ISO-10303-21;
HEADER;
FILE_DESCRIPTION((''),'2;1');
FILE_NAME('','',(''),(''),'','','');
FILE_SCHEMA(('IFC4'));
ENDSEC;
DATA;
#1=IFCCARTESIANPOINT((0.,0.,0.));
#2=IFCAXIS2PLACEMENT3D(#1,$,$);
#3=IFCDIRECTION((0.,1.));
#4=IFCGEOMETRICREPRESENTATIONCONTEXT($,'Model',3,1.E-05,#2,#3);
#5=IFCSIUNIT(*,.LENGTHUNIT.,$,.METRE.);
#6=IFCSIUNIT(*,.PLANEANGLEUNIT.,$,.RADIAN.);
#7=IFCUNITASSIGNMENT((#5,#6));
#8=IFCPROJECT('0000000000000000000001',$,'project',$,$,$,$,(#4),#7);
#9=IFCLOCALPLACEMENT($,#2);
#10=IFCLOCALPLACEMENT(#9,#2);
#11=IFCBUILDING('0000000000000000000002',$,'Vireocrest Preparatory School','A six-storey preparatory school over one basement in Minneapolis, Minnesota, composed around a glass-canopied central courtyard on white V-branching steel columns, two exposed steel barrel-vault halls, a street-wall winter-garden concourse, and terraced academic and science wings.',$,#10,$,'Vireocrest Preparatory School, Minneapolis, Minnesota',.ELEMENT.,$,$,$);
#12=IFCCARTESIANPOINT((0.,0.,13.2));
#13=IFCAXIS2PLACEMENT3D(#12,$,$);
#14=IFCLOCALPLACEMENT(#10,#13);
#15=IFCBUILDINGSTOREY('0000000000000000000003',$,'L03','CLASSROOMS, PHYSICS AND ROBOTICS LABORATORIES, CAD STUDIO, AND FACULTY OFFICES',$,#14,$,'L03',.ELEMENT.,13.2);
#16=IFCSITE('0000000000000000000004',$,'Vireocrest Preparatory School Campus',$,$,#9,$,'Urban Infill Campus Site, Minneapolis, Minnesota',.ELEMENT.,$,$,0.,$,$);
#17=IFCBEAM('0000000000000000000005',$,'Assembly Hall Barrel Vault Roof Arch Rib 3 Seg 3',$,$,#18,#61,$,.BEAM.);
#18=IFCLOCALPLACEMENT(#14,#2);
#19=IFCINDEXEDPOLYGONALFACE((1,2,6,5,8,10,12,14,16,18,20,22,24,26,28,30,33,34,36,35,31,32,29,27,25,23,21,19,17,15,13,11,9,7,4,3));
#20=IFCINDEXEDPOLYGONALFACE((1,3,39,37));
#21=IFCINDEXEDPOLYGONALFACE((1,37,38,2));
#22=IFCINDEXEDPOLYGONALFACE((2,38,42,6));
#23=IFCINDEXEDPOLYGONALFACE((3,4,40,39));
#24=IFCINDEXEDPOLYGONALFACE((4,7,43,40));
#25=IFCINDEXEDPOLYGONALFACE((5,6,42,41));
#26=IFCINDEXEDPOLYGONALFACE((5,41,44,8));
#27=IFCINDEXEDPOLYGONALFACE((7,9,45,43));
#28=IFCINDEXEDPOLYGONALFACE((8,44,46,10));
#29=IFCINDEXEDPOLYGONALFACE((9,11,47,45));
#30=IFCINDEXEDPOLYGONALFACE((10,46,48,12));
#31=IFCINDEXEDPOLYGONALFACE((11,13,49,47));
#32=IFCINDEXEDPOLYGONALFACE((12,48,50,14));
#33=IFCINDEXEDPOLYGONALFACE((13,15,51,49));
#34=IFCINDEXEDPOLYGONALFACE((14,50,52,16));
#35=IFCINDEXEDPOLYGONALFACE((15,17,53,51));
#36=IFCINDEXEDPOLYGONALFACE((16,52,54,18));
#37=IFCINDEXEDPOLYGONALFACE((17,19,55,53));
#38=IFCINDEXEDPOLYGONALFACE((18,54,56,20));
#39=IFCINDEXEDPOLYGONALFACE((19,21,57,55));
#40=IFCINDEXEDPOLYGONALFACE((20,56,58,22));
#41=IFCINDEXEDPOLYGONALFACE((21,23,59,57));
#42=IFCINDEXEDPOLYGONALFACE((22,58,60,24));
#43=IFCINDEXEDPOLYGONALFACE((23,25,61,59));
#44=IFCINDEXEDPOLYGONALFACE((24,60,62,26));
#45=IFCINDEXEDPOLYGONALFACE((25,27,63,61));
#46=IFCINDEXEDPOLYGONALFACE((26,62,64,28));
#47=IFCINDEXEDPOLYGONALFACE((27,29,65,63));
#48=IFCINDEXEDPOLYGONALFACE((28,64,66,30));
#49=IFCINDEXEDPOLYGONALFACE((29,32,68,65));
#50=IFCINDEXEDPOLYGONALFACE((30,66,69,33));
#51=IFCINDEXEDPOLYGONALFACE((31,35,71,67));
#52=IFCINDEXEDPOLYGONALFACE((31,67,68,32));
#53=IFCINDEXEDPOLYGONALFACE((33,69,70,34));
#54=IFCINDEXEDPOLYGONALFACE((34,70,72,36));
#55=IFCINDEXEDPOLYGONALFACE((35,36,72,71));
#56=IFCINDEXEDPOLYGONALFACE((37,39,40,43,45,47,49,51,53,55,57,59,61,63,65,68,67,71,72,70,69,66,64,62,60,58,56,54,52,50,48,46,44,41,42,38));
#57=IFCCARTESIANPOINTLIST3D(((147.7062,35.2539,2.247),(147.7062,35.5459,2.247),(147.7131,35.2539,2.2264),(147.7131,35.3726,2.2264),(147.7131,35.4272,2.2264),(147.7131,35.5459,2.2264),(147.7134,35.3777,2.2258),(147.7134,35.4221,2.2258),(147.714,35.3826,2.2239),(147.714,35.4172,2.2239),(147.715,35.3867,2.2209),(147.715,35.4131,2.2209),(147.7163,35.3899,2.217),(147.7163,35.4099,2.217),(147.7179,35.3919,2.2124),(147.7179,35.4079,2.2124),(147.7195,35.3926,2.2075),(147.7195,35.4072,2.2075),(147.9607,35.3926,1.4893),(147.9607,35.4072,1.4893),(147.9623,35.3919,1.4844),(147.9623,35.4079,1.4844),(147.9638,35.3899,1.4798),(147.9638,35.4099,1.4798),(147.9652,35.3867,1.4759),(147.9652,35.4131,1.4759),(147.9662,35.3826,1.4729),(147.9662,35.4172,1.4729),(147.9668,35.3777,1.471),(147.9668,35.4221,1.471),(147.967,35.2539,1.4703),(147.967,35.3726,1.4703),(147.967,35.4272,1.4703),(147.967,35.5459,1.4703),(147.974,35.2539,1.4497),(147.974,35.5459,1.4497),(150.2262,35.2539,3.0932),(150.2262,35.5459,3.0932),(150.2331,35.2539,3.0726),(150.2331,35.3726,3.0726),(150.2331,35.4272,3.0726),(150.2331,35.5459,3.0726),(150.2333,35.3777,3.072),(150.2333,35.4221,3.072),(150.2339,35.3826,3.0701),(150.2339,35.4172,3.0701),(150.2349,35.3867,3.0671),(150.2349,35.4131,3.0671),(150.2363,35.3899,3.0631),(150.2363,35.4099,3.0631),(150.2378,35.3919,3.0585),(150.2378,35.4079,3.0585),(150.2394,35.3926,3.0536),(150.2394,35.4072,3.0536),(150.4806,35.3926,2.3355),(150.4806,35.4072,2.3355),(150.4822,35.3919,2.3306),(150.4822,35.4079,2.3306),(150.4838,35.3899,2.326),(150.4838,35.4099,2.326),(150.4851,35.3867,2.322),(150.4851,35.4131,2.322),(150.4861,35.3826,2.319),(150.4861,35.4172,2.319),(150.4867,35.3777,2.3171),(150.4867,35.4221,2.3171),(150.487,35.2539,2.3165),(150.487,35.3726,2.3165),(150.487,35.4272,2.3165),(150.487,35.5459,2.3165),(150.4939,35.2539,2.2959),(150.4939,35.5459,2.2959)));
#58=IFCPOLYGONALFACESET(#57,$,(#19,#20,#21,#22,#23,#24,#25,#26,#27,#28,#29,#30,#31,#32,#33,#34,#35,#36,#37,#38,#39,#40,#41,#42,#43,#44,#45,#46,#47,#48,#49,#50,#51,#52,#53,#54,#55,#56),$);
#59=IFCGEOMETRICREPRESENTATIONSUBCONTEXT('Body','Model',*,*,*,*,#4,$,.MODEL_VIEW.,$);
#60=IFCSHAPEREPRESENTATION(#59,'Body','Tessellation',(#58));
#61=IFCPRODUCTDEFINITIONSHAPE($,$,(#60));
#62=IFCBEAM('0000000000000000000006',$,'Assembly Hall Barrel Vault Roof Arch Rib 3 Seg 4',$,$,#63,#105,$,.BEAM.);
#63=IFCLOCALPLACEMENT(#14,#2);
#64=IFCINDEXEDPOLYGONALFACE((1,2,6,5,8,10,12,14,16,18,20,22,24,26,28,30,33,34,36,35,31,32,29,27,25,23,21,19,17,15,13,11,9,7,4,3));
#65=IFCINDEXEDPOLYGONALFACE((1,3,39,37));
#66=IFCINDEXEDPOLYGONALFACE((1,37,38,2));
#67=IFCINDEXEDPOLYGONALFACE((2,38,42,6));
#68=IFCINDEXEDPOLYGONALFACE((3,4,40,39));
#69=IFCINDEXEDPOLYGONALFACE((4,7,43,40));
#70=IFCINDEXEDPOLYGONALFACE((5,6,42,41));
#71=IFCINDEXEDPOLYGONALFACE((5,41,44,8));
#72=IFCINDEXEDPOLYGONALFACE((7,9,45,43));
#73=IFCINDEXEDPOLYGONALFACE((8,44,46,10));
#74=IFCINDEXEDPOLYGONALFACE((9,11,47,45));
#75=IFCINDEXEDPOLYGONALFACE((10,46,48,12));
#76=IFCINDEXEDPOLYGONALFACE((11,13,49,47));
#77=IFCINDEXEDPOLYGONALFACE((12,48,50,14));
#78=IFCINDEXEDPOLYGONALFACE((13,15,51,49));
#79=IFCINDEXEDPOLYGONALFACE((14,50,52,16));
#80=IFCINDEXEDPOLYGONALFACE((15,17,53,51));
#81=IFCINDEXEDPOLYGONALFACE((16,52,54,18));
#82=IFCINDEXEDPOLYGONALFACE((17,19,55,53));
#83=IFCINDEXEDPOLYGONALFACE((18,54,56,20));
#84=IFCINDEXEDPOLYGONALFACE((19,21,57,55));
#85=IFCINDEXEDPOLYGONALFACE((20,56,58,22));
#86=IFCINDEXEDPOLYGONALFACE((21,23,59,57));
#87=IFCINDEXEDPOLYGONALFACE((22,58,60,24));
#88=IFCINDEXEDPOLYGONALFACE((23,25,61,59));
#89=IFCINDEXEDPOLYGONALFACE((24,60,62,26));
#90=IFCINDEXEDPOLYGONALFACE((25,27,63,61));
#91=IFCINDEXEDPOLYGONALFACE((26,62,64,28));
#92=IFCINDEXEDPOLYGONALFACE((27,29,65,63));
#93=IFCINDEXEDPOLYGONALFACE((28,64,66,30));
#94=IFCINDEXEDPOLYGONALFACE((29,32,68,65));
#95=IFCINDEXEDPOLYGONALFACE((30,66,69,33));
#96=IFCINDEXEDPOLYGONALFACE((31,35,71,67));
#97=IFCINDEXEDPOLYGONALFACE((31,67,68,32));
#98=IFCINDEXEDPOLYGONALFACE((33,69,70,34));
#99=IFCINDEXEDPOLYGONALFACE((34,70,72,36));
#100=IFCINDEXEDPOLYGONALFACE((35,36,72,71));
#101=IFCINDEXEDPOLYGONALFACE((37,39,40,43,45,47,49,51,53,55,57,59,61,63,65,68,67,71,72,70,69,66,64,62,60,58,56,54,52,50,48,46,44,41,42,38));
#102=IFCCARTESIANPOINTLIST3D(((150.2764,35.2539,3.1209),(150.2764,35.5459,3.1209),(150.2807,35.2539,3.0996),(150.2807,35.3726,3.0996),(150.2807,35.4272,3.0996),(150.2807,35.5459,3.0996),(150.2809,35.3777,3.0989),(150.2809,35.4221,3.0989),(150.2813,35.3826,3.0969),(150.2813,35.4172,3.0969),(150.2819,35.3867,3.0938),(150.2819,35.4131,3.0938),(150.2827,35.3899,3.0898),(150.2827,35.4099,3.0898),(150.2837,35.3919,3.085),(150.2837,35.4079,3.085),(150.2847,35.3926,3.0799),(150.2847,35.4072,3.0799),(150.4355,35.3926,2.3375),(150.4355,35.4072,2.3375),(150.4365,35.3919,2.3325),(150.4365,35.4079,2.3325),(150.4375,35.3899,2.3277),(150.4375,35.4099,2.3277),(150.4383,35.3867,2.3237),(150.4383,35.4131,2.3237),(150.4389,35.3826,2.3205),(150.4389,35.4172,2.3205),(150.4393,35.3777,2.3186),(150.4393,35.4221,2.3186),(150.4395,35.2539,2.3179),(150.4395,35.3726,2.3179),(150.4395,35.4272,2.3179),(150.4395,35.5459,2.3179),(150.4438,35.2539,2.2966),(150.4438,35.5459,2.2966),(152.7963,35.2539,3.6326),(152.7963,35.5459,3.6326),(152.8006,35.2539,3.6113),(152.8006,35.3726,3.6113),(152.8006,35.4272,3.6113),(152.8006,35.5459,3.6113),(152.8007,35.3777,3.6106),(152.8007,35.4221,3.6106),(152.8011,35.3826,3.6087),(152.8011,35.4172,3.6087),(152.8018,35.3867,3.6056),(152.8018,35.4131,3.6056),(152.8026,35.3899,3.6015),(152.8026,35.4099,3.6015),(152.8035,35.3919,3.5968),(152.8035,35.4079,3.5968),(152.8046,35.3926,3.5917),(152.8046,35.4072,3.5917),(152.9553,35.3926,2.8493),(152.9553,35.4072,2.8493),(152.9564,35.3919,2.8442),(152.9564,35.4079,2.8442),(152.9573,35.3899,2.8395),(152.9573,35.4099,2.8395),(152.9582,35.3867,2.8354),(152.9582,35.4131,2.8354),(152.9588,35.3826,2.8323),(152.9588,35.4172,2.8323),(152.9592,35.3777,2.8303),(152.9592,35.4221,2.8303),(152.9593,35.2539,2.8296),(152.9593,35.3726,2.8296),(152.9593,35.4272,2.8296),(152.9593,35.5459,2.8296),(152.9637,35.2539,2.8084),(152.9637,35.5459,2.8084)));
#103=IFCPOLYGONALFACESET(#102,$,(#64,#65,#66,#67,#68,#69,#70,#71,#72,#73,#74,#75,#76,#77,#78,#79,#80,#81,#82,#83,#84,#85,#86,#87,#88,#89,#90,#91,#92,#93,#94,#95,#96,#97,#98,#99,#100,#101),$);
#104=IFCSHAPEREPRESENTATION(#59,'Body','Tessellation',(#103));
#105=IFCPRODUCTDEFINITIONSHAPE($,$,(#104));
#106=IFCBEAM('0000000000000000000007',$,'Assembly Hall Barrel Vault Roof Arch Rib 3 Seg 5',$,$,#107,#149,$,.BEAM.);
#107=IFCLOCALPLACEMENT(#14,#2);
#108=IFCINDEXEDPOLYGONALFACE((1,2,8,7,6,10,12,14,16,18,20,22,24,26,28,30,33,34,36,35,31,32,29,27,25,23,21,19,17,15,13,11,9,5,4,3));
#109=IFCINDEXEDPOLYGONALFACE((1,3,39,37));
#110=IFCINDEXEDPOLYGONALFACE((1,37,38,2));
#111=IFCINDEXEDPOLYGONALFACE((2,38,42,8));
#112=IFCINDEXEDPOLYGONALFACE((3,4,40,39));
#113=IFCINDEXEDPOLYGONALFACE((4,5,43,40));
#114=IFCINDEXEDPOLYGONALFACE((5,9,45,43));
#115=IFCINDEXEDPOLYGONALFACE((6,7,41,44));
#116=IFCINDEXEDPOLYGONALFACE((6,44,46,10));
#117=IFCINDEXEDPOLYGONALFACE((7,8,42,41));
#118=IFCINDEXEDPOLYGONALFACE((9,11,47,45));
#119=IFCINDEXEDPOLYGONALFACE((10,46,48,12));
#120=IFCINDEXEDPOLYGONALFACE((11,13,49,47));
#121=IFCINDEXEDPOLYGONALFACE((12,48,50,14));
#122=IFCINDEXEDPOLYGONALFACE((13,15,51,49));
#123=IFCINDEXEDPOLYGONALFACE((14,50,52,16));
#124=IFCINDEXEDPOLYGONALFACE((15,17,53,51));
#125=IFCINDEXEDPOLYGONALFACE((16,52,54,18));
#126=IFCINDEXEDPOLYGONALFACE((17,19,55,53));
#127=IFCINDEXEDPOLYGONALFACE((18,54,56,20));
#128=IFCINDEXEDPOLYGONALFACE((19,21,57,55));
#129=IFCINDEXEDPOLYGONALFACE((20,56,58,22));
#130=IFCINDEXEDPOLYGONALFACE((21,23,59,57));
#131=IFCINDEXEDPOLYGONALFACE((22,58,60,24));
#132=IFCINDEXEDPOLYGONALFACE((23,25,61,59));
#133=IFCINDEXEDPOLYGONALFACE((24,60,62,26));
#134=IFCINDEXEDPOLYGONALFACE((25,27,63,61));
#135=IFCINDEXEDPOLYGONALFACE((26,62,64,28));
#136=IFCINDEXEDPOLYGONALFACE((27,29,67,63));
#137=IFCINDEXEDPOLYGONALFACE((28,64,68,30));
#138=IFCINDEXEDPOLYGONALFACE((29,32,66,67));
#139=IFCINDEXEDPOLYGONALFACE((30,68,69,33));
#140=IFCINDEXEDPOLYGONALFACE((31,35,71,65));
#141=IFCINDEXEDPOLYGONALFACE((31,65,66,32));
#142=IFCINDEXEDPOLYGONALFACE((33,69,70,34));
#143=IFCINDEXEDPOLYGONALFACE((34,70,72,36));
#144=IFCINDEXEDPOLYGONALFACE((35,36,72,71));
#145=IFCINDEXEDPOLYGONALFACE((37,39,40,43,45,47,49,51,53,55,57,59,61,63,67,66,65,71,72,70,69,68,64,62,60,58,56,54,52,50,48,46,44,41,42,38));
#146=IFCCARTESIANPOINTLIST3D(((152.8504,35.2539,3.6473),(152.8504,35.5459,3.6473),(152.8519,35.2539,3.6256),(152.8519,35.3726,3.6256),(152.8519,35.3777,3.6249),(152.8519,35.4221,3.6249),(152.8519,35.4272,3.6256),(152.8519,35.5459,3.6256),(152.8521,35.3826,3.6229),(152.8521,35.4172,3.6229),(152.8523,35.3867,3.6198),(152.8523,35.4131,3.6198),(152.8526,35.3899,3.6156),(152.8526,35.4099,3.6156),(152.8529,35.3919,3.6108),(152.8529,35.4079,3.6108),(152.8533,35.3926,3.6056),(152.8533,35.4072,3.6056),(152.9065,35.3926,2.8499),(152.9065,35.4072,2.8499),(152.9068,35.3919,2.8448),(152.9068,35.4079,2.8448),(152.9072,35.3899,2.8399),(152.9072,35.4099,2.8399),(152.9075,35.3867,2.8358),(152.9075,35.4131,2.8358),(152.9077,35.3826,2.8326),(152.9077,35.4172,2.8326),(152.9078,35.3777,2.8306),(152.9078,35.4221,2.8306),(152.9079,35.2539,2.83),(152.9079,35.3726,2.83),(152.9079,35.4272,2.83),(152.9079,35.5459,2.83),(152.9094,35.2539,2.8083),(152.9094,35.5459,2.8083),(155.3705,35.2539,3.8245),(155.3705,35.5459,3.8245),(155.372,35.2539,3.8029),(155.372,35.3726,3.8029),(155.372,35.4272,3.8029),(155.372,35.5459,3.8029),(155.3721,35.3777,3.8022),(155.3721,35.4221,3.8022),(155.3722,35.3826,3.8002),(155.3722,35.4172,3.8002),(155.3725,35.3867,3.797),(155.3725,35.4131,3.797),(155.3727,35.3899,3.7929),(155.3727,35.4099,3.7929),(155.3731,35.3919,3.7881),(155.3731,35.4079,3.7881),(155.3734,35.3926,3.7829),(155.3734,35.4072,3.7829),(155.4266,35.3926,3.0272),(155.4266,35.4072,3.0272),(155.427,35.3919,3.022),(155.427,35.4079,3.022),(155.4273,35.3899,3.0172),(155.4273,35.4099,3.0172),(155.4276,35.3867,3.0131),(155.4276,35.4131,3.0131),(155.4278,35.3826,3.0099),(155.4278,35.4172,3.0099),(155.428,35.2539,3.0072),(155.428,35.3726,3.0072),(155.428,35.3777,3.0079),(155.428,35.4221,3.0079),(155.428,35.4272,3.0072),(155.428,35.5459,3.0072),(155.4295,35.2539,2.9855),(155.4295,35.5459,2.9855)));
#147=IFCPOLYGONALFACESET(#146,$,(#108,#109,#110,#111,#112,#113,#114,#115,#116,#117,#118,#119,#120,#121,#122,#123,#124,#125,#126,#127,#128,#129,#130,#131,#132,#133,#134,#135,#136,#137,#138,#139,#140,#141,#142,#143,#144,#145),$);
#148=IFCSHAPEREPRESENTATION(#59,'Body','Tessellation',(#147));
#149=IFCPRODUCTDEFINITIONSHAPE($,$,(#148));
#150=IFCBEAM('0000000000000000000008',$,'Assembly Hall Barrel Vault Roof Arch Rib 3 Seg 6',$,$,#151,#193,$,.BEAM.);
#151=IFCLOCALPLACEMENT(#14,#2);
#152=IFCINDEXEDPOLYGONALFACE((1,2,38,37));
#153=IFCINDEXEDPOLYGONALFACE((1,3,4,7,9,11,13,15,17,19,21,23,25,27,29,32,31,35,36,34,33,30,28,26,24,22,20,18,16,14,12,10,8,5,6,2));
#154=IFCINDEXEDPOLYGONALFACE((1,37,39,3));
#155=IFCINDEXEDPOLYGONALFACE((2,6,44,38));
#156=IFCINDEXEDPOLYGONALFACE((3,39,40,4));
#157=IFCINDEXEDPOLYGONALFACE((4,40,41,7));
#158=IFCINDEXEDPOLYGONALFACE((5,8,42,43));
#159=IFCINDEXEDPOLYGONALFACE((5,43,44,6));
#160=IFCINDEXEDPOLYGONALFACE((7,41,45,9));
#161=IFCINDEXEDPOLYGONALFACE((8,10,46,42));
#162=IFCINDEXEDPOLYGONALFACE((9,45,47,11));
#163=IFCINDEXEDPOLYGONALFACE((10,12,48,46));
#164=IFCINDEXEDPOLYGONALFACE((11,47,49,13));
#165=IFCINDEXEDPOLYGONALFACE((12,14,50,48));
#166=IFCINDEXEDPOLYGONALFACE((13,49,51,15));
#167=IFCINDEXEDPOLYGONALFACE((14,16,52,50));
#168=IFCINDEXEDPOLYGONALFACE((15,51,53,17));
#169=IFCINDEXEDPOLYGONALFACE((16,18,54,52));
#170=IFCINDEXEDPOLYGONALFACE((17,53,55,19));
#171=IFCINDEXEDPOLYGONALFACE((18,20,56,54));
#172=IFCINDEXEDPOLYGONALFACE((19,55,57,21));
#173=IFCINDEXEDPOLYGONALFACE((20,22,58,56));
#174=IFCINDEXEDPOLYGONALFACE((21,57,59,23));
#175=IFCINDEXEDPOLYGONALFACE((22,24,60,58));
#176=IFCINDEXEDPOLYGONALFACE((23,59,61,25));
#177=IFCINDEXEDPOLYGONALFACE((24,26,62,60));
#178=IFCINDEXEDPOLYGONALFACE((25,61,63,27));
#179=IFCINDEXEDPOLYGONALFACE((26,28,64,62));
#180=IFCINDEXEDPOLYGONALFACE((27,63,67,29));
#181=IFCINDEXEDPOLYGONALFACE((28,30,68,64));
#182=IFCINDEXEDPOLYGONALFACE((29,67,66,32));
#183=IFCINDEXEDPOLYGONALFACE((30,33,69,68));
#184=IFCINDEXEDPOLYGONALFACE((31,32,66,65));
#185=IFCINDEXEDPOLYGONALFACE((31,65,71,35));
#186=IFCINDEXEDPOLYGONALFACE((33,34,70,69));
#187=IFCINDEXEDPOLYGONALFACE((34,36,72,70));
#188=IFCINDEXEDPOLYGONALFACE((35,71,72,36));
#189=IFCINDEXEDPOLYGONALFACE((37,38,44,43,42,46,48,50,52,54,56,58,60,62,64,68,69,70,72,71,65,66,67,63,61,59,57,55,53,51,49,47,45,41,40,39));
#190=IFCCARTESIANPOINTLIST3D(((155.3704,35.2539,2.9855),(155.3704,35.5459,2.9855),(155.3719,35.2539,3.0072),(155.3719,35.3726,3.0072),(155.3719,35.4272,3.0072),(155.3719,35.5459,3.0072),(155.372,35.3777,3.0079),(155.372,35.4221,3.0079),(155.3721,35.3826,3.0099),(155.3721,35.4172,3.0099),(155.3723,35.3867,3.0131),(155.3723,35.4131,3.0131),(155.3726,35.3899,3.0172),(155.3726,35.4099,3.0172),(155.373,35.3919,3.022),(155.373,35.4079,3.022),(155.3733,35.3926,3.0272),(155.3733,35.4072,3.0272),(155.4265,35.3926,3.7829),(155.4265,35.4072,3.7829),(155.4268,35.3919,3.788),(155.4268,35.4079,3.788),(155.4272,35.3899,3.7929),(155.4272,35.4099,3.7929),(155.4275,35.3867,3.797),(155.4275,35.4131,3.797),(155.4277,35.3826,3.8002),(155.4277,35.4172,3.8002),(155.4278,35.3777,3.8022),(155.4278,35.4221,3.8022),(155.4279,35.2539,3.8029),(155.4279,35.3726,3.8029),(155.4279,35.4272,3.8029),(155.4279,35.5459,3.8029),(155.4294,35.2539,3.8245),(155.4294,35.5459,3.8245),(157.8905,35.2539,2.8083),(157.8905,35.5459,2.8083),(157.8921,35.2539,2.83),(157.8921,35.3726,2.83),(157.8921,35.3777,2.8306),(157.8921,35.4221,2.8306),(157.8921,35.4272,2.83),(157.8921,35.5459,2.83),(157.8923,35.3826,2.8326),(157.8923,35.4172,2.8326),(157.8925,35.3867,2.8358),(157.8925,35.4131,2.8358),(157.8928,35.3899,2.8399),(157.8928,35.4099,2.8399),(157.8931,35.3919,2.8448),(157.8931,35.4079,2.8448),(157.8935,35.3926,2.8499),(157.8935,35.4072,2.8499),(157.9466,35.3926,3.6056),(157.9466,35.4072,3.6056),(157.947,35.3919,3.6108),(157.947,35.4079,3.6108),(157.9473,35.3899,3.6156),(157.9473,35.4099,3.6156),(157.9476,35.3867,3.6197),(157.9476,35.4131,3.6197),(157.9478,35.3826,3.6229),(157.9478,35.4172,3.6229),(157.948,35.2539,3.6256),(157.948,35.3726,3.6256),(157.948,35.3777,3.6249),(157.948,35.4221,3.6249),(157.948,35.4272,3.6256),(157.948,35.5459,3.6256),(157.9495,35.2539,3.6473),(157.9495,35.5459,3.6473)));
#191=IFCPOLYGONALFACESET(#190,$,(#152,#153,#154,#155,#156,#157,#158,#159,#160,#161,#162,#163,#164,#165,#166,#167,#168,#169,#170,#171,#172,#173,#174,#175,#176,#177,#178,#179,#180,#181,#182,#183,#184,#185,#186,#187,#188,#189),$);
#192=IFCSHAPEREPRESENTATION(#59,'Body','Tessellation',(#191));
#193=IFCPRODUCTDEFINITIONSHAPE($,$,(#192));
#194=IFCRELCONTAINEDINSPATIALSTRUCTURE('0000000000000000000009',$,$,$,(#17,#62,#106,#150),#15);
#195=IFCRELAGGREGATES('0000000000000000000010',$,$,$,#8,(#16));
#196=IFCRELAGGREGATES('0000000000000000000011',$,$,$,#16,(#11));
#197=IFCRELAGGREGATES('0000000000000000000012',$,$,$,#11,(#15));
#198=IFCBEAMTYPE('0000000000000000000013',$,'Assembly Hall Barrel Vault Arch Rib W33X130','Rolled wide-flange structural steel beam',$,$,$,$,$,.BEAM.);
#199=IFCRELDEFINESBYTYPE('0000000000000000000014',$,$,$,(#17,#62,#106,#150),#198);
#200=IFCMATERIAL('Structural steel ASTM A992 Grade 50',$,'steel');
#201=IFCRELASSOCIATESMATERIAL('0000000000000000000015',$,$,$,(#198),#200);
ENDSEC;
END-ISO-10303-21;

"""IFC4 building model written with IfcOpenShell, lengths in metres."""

from ifc_helpers import new_model, si_unit, direction, frame, origin, origin_2d, place, context, subcontext, project, spatial, i_section, extrude, material, material_profile, profile_set, type_object, element, save


model = new_model("IFC4")

# Units and contexts
model_context = context("Model", 3, precision=1e-05, world=origin(), true_north=direction((0.0, 1.0)))
body_context = subcontext(model_context, "Body", "Model", "MODEL_VIEW")
ifc_project = project(units=[si_unit("LENGTHUNIT", "METRE"), si_unit("PLANEANGLEUNIT", "RADIAN")], contexts=[model_context])

# Site, building, storey
site_placement = place(None, origin())
site = spatial("IfcSite", under=ifc_project, at=site_placement, Name="Vireocrest Preparatory School Campus", LongName="Urban Infill Campus Site, Minneapolis, Minnesota", CompositionType="ELEMENT", RefElevation=0.0)
building_placement = place(site_placement, origin())
building = spatial("IfcBuilding", under=site, at=building_placement, Name="Vireocrest Preparatory School", Description="A six-storey preparatory school over one basement in Minneapolis, Minnesota, composed around a glass-canopied central courtyard on white V-branching steel columns, two exposed steel barrel-vault halls, a street-wall winter-garden concourse, and terraced academic and science wings.", LongName="Vireocrest Preparatory School, Minneapolis, Minnesota", CompositionType="ELEMENT")
storey_placement = place(building_placement, frame((0.0, 0.0, 13.2)))
storey = spatial("IfcBuildingStorey", under=building, at=storey_placement, Name="L03", Description="CLASSROOMS, PHYSICS AND ROBOTICS LABORATORIES, CAD STUDIO, AND FACULTY OFFICES", LongName="L03", CompositionType="ELEMENT", Elevation=13.2)

# Beams
ifc_material_1 = material(Name="Structural steel ASTM A992 Grade 50", Category="steel")
ifc_material_profile_1 = material_profile(ifc_material_1, i_section(OverallWidth=0.292, OverallDepth=0.8411, WebThickness=0.0146, FlangeThickness=0.0217, FilletRadius=0.02, at=origin_2d()), Name="W33X130")
ifc_profile_set_1 = profile_set([ifc_material_profile_1], Name="Structural steel ASTM A992 Grade 50")
beam_type = type_object("IfcBeamType", Name="Assembly Hall Barrel Vault Arch Rib W33X130", Description="Rolled wide-flange structural steel beam", PredefinedType="BEAM", material=ifc_profile_set_1)
beam_1_placement = place(storey_placement, frame((147.8401, 35.3999, 1.8484), z_axis=(0.947983, 0.0, 0.318321), x_axis=(0.0, 1.0, 0.0)))
element("IfcBeam", 1, at=beam_1_placement, inside=storey, type_object=beam_type, Name="Assembly Hall Barrel Vault Roof Arch Rib 3 Seg 3", PredefinedType="BEAM", context=body_context, shape_type="SweptSolid", body=[
    extrude(i_section(OverallWidth=0.292, OverallDepth=0.8411, WebThickness=0.0146, FlangeThickness=0.0217, FilletRadius=0.02, at=origin_2d()), origin(), (0.0, 0.0, 1.0), 2.6582),
])
beam_2_placement = place(storey_placement, frame((150.3601, 35.3999, 2.7087), z_axis=(0.979996, 0.0, 0.199019), x_axis=(0.0, 1.0, 0.0)))
element("IfcBeam", 2, at=beam_2_placement, inside=storey, type_object=beam_type, Name="Assembly Hall Barrel Vault Roof Arch Rib 3 Seg 4", PredefinedType="BEAM", context=body_context, shape_type="SweptSolid", body=[
    extrude(i_section(OverallWidth=0.292, OverallDepth=0.8411, WebThickness=0.0146, FlangeThickness=0.0217, FilletRadius=0.02, at=origin_2d()), origin(), (0.0, 0.0, 1.0), 2.5713),
])
for number, where, z_axis, x_axis, name in (
    (3, (152.8799, 35.3999, 3.2278), (0.997536, 0.0, 0.070162), (0.0, 1.0, 0.0), "Assembly Hall Barrel Vault Roof Arch Rib 3 Seg 5"),
    (4, (155.3999, 35.3999, 3.405), (0.997536, 0.0, -0.070162), (0.0, 1.0, 0.0), "Assembly Hall Barrel Vault Roof Arch Rib 3 Seg 6"),
):
    element("IfcBeam", number, at=place(storey_placement, frame(where, z_axis=z_axis, x_axis=x_axis)), inside=storey, type_object=beam_type, Name=name, PredefinedType="BEAM", context=body_context, shape_type="SweptSolid", body=[
        extrude(i_section(OverallWidth=0.292, OverallDepth=0.8411, WebThickness=0.0146, FlangeThickness=0.0217, FilletRadius=0.02, at=origin_2d()), origin(), (0.0, 0.0, 1.0), 2.5264),
    ])

save(model, "model.ifc")
